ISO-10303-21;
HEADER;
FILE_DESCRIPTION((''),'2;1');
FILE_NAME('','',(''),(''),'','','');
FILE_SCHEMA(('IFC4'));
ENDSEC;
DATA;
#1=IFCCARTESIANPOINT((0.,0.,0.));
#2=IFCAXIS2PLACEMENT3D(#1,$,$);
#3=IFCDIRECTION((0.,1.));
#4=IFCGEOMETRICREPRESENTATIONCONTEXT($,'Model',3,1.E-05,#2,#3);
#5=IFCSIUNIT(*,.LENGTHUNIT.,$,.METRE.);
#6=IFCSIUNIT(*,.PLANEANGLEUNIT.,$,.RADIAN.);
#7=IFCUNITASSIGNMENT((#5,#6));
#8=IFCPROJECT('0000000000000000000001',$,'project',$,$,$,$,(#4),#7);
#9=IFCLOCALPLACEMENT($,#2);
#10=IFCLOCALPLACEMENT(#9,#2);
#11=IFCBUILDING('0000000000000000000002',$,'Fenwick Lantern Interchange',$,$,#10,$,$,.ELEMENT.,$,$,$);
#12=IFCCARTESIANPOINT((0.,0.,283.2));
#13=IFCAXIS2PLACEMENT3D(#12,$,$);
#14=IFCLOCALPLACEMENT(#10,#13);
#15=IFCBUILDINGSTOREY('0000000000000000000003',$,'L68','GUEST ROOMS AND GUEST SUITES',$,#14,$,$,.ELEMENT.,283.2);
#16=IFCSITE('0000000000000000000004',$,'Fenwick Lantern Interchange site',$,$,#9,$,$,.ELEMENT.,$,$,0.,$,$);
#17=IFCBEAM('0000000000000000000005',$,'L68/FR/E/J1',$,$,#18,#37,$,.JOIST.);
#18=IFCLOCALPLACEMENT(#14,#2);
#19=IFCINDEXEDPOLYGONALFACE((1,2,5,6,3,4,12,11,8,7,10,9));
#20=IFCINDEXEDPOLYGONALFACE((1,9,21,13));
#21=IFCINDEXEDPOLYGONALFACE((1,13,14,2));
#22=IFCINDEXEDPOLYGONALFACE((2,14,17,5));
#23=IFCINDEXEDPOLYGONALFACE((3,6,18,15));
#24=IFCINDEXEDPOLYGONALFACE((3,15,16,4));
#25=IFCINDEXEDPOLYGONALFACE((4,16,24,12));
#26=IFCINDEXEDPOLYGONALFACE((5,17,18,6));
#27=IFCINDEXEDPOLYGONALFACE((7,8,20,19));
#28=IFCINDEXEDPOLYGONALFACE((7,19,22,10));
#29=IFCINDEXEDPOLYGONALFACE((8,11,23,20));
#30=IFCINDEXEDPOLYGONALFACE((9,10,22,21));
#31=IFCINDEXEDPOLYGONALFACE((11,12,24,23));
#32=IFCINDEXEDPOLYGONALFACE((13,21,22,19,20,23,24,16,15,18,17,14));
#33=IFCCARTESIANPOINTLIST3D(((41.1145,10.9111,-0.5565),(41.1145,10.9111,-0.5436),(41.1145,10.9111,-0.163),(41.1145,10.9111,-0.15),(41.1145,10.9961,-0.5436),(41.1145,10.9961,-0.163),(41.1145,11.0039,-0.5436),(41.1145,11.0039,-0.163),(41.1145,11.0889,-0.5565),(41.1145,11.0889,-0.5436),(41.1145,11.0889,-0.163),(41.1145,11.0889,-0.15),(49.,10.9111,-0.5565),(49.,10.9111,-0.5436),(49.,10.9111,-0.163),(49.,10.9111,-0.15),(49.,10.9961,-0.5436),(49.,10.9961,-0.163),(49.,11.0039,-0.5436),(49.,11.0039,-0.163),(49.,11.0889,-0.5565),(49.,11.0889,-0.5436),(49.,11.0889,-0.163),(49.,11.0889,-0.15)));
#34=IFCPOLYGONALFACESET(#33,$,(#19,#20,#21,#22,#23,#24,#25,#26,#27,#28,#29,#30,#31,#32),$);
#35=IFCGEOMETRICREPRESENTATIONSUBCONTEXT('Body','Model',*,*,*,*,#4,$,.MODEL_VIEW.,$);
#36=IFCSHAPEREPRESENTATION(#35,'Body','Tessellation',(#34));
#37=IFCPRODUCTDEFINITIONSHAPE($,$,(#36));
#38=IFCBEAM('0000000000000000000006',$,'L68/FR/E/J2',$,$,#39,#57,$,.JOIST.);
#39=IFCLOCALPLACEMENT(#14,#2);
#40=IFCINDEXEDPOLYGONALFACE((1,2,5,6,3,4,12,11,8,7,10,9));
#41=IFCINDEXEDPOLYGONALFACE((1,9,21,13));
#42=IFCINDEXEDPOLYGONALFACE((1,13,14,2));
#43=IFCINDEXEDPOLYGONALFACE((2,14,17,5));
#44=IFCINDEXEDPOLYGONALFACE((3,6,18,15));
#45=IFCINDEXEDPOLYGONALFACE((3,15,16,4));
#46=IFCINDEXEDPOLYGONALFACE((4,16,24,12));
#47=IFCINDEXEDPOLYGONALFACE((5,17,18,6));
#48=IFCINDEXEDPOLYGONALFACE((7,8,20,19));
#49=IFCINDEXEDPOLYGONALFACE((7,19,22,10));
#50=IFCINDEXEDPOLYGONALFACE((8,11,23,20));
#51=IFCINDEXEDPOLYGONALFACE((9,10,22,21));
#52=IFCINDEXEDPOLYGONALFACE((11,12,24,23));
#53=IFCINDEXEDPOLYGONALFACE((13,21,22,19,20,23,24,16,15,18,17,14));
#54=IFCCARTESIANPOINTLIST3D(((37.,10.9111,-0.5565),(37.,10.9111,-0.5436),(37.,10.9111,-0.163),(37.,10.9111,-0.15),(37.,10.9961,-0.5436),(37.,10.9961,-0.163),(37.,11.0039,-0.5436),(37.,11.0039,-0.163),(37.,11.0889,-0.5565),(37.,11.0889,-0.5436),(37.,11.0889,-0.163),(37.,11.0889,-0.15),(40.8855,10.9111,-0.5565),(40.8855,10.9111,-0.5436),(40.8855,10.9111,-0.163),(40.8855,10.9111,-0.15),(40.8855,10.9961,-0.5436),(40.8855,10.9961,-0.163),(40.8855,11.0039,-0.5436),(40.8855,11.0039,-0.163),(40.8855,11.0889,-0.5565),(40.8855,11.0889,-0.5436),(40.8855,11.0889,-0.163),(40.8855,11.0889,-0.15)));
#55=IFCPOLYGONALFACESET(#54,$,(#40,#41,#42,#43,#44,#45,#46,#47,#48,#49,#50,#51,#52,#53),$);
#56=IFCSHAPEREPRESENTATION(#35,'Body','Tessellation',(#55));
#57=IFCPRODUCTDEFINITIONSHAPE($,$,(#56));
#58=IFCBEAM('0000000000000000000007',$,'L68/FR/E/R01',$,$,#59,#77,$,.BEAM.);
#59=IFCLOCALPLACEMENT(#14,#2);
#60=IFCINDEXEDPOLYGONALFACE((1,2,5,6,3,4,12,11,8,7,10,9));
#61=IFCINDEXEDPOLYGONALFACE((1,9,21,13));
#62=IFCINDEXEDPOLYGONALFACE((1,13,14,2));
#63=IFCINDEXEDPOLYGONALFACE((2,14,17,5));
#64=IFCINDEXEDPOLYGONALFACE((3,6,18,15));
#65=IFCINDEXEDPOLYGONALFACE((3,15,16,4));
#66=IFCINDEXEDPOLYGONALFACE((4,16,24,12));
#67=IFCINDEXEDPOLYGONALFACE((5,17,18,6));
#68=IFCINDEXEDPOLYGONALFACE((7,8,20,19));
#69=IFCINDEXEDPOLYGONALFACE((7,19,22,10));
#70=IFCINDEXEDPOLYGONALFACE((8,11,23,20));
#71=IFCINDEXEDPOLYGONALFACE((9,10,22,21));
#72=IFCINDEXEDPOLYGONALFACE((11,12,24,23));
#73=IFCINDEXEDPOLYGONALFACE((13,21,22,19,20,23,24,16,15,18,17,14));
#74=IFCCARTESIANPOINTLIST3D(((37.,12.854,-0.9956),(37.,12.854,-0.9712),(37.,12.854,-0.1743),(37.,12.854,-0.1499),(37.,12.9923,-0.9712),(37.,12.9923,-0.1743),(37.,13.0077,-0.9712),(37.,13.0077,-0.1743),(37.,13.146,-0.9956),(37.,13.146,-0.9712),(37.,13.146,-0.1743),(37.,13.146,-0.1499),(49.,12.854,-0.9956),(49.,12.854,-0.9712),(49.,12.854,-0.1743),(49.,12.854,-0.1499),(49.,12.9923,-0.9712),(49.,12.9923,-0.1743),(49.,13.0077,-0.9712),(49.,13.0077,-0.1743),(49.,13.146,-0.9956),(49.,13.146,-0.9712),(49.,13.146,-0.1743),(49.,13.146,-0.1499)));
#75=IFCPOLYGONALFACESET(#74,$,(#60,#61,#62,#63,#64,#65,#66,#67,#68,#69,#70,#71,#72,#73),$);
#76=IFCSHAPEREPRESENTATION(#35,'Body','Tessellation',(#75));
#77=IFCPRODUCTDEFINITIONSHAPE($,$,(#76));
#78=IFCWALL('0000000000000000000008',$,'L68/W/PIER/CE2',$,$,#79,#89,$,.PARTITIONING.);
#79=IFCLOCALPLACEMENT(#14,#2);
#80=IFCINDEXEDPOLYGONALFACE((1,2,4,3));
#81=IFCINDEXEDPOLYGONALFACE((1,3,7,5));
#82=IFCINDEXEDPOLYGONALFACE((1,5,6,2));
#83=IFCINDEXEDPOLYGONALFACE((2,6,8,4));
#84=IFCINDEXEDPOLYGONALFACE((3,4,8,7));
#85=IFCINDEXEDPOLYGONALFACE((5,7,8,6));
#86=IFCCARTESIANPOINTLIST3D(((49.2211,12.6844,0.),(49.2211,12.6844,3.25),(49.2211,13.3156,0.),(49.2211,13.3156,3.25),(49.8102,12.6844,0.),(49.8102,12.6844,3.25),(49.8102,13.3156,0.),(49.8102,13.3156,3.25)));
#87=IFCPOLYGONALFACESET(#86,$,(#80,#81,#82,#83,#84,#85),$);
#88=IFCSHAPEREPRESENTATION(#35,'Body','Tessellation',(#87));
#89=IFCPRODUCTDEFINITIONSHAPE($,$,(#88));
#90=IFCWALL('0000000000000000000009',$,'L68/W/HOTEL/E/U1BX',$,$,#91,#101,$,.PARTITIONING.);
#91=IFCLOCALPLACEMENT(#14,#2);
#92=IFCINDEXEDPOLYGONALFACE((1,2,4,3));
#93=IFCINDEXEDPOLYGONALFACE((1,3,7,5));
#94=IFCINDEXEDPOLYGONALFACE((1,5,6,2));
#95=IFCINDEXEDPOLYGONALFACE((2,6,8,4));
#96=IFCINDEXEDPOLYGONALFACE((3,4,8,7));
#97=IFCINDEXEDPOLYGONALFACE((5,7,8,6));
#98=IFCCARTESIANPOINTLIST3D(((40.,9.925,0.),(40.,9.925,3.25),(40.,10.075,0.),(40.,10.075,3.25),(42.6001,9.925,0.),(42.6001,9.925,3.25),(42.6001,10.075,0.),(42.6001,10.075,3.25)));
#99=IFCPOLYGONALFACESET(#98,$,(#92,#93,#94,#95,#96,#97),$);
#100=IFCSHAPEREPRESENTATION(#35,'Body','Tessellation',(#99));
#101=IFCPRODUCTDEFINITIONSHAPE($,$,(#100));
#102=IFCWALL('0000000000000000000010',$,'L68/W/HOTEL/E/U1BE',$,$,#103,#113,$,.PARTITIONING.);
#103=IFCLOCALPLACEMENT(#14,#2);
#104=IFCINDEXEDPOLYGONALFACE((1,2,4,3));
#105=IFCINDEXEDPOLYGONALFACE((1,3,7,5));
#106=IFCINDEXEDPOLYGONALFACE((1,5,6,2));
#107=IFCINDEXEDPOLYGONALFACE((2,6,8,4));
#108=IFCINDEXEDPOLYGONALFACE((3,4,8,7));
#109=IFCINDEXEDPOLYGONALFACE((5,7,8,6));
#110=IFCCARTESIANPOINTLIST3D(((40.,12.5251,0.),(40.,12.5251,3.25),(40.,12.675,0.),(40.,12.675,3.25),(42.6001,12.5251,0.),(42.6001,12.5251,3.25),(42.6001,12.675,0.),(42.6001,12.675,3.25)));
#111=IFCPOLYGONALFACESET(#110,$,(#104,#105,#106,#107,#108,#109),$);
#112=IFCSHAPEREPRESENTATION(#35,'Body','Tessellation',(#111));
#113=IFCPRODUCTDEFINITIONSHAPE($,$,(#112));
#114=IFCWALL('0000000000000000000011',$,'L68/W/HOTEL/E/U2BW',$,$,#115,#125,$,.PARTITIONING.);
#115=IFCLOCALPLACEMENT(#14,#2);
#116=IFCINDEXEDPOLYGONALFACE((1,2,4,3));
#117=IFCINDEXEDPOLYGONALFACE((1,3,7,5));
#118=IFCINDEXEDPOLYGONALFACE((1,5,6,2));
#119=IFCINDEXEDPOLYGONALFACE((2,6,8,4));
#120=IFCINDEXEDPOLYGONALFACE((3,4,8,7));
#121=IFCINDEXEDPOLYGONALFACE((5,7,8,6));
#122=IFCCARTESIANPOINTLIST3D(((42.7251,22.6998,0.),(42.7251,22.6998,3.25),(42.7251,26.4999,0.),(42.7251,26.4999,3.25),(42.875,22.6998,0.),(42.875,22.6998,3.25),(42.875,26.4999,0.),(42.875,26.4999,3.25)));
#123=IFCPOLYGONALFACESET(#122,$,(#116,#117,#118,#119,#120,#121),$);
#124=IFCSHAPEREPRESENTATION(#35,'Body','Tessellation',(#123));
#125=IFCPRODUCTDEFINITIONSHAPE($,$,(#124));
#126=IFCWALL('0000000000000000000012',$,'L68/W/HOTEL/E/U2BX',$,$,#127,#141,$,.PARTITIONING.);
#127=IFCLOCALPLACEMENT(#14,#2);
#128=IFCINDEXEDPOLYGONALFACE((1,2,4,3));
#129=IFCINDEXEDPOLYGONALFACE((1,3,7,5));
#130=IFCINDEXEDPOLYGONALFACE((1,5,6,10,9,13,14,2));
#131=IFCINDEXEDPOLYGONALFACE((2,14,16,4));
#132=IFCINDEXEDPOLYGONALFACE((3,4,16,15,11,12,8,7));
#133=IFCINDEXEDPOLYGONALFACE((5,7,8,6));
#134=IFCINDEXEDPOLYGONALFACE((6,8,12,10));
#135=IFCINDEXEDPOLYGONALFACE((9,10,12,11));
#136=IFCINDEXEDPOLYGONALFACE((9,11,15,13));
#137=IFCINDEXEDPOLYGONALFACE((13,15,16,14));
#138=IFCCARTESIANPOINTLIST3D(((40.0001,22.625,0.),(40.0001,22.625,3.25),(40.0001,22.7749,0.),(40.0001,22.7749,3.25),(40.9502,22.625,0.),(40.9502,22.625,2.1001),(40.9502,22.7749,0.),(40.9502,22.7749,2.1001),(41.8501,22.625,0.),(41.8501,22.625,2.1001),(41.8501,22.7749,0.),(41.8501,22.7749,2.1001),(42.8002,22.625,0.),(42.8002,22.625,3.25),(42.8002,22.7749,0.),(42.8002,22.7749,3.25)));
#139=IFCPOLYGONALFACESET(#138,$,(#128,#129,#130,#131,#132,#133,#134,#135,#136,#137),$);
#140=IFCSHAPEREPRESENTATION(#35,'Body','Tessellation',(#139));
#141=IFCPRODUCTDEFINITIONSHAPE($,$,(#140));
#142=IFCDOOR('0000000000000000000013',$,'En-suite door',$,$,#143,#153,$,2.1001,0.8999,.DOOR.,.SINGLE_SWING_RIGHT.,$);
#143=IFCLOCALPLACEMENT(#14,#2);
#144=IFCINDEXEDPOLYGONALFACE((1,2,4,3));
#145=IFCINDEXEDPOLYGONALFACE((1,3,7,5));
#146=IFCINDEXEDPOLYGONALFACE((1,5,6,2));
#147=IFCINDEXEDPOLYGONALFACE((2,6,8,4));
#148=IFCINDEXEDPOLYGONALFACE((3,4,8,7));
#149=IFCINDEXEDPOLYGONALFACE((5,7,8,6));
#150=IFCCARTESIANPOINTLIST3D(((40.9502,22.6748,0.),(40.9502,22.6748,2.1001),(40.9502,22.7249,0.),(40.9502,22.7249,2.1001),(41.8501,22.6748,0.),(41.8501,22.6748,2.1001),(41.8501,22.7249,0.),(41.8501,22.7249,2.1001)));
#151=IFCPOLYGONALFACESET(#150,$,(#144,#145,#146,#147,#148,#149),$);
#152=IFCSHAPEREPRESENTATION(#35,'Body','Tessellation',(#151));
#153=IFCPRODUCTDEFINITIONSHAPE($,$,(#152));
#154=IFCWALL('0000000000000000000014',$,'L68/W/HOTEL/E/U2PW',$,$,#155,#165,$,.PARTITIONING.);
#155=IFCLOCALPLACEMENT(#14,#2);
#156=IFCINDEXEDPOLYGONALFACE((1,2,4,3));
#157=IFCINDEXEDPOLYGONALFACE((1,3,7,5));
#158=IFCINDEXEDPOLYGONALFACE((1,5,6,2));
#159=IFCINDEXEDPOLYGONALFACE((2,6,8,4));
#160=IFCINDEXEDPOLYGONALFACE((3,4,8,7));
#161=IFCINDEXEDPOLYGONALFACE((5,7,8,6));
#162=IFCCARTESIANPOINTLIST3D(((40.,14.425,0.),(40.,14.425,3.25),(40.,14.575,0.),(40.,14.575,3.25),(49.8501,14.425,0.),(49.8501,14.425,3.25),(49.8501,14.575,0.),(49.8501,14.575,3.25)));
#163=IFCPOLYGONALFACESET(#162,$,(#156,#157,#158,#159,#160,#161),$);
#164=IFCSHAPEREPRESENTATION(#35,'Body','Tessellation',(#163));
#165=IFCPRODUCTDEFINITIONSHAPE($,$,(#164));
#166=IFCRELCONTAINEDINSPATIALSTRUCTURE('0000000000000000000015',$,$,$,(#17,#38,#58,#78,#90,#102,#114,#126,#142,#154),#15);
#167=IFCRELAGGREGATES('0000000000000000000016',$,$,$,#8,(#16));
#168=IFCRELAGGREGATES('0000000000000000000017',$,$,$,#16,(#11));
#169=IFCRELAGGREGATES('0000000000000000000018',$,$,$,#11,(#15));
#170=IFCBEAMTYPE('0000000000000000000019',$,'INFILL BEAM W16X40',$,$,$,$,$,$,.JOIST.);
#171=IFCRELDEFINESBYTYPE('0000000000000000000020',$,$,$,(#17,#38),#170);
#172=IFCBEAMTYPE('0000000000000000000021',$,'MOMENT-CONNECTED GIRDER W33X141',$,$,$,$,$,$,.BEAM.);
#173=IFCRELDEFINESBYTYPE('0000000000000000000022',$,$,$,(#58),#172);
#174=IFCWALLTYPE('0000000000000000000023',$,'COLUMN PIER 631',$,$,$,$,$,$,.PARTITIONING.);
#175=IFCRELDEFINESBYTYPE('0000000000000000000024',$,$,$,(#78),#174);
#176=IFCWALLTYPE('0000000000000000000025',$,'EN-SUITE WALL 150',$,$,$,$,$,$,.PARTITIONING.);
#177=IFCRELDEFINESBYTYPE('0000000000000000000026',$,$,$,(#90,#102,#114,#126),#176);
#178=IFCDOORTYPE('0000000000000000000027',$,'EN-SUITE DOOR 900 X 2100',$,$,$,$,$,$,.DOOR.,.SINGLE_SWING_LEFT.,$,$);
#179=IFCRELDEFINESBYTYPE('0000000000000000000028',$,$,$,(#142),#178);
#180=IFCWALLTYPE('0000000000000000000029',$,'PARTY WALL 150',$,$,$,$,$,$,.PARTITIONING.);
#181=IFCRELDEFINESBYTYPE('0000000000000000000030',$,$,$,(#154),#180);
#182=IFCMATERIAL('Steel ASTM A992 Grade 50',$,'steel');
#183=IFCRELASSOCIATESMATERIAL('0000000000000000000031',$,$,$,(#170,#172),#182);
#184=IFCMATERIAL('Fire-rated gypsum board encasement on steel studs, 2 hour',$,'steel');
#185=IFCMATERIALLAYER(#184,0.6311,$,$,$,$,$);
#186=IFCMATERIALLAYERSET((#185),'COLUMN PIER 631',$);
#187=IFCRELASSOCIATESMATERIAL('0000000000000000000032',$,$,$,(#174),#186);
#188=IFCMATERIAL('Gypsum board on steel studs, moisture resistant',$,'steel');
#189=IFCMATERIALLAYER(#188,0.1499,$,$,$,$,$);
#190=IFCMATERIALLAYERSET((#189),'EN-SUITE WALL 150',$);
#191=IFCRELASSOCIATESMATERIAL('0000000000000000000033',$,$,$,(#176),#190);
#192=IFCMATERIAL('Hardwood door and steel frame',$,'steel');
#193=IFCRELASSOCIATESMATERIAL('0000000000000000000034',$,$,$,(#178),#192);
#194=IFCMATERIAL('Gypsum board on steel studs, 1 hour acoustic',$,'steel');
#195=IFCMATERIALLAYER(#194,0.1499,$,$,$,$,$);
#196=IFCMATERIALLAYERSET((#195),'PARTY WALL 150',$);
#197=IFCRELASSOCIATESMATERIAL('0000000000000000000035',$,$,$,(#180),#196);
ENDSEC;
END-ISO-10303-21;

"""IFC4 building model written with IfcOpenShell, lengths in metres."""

from ifc_helpers import new_model, si_unit, direction, frame, frame_2d, origin, origin_2d, place, context, subcontext, project, spatial, rectangle, i_section, extrude, material, layer, layer_set, material_profile, profile_set, type_object, element, fill, save


model = new_model("IFC4")

# Units and contexts
model_context = context("Model", 3, precision=1e-05, world=origin(), true_north=direction((0.0, 1.0)))
body_context = subcontext(model_context, "Body", "Model", "MODEL_VIEW")
ifc_project = project(units=[si_unit("LENGTHUNIT", "METRE"), si_unit("PLANEANGLEUNIT", "RADIAN")], contexts=[model_context])

# Site, building, storey
site_placement = place(None, origin())
site = spatial("IfcSite", under=ifc_project, at=site_placement, Name="Fenwick Lantern Interchange site", CompositionType="ELEMENT", RefElevation=0.0)
building_placement = place(site_placement, origin())
building = spatial("IfcBuilding", under=site, at=building_placement, Name="Fenwick Lantern Interchange", CompositionType="ELEMENT")
storey_placement = place(building_placement, frame((0.0, 0.0, 283.2)))
storey = spatial("IfcBuildingStorey", under=building, at=storey_placement, Name="L68", Description="GUEST ROOMS AND GUEST SUITES", CompositionType="ELEMENT", Elevation=283.2)

# Shared definitions
ifc_material_1 = material(Name="Steel ASTM A992 Grade 50", Category="steel")

# Beams
ifc_material_profile_1 = material_profile(ifc_material_1, i_section(OverallWidth=0.1777, OverallDepth=0.4065, WebThickness=0.0078, FlangeThickness=0.0129, at=origin_2d()), Name="W16X40")
ifc_profile_set_1 = profile_set([ifc_material_profile_1], Name="Steel ASTM A992 Grade 50")
beam_type_1 = type_object("IfcBeamType", Name="INFILL BEAM W16X40", PredefinedType="JOIST", material=ifc_profile_set_1)
beam_1_placement = place(storey_placement, frame((49.0, 11.0, -0.3533), z_axis=(-1.0, 0.0, 0.0), x_axis=(0.0, -1.0, 0.0)))
element("IfcBeam", 1, at=beam_1_placement, inside=storey, type_object=beam_type_1, Name="L68/FR/E/J1", PredefinedType="JOIST", context=body_context, shape_type="SweptSolid", body=[
    extrude(i_section(OverallWidth=0.1777, OverallDepth=0.4065, WebThickness=0.0078, FlangeThickness=0.0129, at=origin_2d()), origin(), (0.0, 0.0, 1.0), 7.8855),
])
beam_2_placement = place(storey_placement, frame((40.8855, 11.0, -0.3533), z_axis=(-1.0, 0.0, 0.0), x_axis=(0.0, -1.0, 0.0)))
element("IfcBeam", 2, at=beam_2_placement, inside=storey, type_object=beam_type_1, Name="L68/FR/E/J2", PredefinedType="JOIST", context=body_context, shape_type="SweptSolid", body=[
    extrude(i_section(OverallWidth=0.1777, OverallDepth=0.4065, WebThickness=0.0078, FlangeThickness=0.0129, at=origin_2d()), origin(), (0.0, 0.0, 1.0), 3.8855),
])
ifc_material_profile_2 = material_profile(ifc_material_1, i_section(OverallWidth=0.292, OverallDepth=0.8457, WebThickness=0.0154, FlangeThickness=0.0244, at=origin_2d()), Name="W33X141")
ifc_profile_set_2 = profile_set([ifc_material_profile_2], Name="Steel ASTM A992 Grade 50")
beam_type_2 = type_object("IfcBeamType", Name="MOMENT-CONNECTED GIRDER W33X141", PredefinedType="BEAM", material=ifc_profile_set_2)
beam_3_placement = place(storey_placement, frame((49.0, 13.0, -0.5728), z_axis=(-1.0, 0.0, 0.0), x_axis=(0.0, -1.0, 0.0)))
element("IfcBeam", 3, at=beam_3_placement, inside=storey, type_object=beam_type_2, Name="L68/FR/E/R01", PredefinedType="BEAM", context=body_context, shape_type="SweptSolid", body=[
    extrude(i_section(OverallWidth=0.292, OverallDepth=0.8457, WebThickness=0.0154, FlangeThickness=0.0244, at=origin_2d()), origin(), (0.0, 0.0, 1.0), 12.0),
])

# Walls
ifc_material_2 = material(Name="Fire-rated gypsum board encasement on steel studs, 2 hour", Category="steel")
ifc_layer_1 = layer(ifc_material_2, 0.6311)
ifc_layer_set_1 = layer_set([ifc_layer_1], Name="COLUMN PIER 631")
wall_type_1 = type_object("IfcWallType", Name="COLUMN PIER 631", PredefinedType="PARTITIONING", material=ifc_layer_set_1)
wall_1_placement = place(storey_placement, frame((49.8101, 13.0, 0.0), z_axis=(0.0, 0.0, 1.0), x_axis=(-1.0, 0.0, 0.0)))
element("IfcWall", 4, at=wall_1_placement, inside=storey, type_object=wall_type_1, Name="L68/W/PIER/CE2", PredefinedType="PARTITIONING", context=body_context, shape_type="SweptSolid", body=[
    extrude(rectangle(XDim=0.5891, YDim=0.6311, at=frame_2d((0.2944, 0.0))), origin(), (0.0, 0.0, 1.0), 3.25),
])
ifc_material_3 = material(Name="Gypsum board on steel studs, moisture resistant", Category="steel")
ifc_layer_2 = layer(ifc_material_3, 0.1499)
ifc_layer_set_2 = layer_set([ifc_layer_2], Name="EN-SUITE WALL 150")
wall_type_2 = type_object("IfcWallType", Name="EN-SUITE WALL 150", PredefinedType="PARTITIONING", material=ifc_layer_set_2)
for number, where, z_axis, x_axis, name in (
    (5, (42.6001, 10.0, 0.0), (0.0, 0.0, 1.0), (-1.0, 0.0, 0.0), "L68/W/HOTEL/E/U1BX"),
    (6, (42.6001, 12.6001, 0.0), (0.0, 0.0, 1.0), (-1.0, 0.0, 0.0), "L68/W/HOTEL/E/U1BE"),
):
    element("IfcWall", number, at=place(storey_placement, frame(where, z_axis=z_axis, x_axis=x_axis)), inside=storey, type_object=wall_type_2, Name=name, PredefinedType="PARTITIONING", context=body_context, shape_type="SweptSolid", body=[
        extrude(rectangle(XDim=2.6001, YDim=0.1499, at=frame_2d((1.3, 0.0))), origin(), (0.0, 0.0, 1.0), 3.25),
    ])
wall_2_placement = place(storey_placement, frame((42.8, 22.7, 0.0), z_axis=(0.0, 0.0, 1.0), x_axis=(0.0, 1.0, 0.0)))
element("IfcWall", 7, at=wall_2_placement, inside=storey, type_object=wall_type_2, Name="L68/W/HOTEL/E/U2BW", PredefinedType="PARTITIONING", context=body_context, shape_type="SweptSolid", body=[
    extrude(rectangle(XDim=3.8, YDim=0.1499, at=frame_2d((1.8999, 0.0))), origin(), (0.0, 0.0, 1.0), 3.25),
])

# Wall, opening, door
wall_3_placement = place(storey_placement, frame((42.8, 22.7, 0.0), z_axis=(0.0, 0.0, 1.0), x_axis=(-1.0, 0.0, 0.0)))
wall_3 = element("IfcWall", 8, at=wall_3_placement, inside=storey, type_object=wall_type_2, Name="L68/W/HOTEL/E/U2BX", PredefinedType="PARTITIONING", context=body_context, shape_type="SweptSolid", body=[
    extrude(rectangle(XDim=2.8, YDim=0.1499, at=frame_2d((1.3999, 0.0))), origin(), (0.0, 0.0, 1.0), 3.25),
])
opening_placement = place(wall_3_placement, frame((0.95, 0.0, 0.0)))
opening = element("IfcOpeningElement", 9, at=opening_placement, cuts=wall_3, PredefinedType="OPENING", context=body_context, shape_type="SweptSolid", body=[
    extrude(rectangle(XDim=0.8999, YDim=2.1001, at=frame_2d((0.45, 1.05))), frame((0.0, 0.085, 0.0), z_axis=(0.0, -1.0, 0.0), x_axis=(1.0, 0.0, 0.0)), (0.0, 0.0, 1.0), 0.1699),
])
ifc_material_4 = material(Name="Hardwood door and steel frame", Category="steel")
door_type = type_object("IfcDoorType", Name="EN-SUITE DOOR 900 X 2100", OperationType="SINGLE_SWING_LEFT", PredefinedType="DOOR", material=ifc_material_4)
door_placement = place(opening_placement, frame((0.8999, 0.0, 0.0), z_axis=(0.0, 0.0, 1.0), x_axis=(-1.0, 0.0, 0.0)))
door = element("IfcDoor", 10, at=door_placement, inside=storey, type_object=door_type, Name="En-suite door", OperationType="SINGLE_SWING_RIGHT", OverallHeight=2.1001, OverallWidth=0.8999, PredefinedType="DOOR", context=body_context, shape_type="SweptSolid", body=[
    extrude(rectangle(XDim=0.8999, YDim=2.1001, at=frame_2d((0.45, 1.05))), frame((0.0, 0.0249, 0.0), z_axis=(0.0, -1.0, 0.0), x_axis=(1.0, 0.0, 0.0)), (0.0, 0.0, 1.0), 0.05),
])
fill(opening, door)

# Wall
ifc_material_5 = material(Name="Gypsum board on steel studs, 1 hour acoustic", Category="steel")
ifc_layer_3 = layer(ifc_material_5, 0.1499)
ifc_layer_set_3 = layer_set([ifc_layer_3], Name="PARTY WALL 150")
wall_type_3 = type_object("IfcWallType", Name="PARTY WALL 150", PredefinedType="PARTITIONING", material=ifc_layer_set_3)
wall_4_placement = place(storey_placement, frame((49.8501, 14.5, 0.0), z_axis=(0.0, 0.0, 1.0), x_axis=(-1.0, 0.0, 0.0)))
element("IfcWall", 11, at=wall_4_placement, inside=storey, type_object=wall_type_3, Name="L68/W/HOTEL/E/U2PW", PredefinedType="PARTITIONING", context=body_context, shape_type="SweptSolid", body=[
    extrude(rectangle(XDim=9.8501, YDim=0.1499, at=frame_2d((4.925, 0.0))), origin(), (0.0, 0.0, 1.0), 3.25),
])

save(model, "model.ifc")
